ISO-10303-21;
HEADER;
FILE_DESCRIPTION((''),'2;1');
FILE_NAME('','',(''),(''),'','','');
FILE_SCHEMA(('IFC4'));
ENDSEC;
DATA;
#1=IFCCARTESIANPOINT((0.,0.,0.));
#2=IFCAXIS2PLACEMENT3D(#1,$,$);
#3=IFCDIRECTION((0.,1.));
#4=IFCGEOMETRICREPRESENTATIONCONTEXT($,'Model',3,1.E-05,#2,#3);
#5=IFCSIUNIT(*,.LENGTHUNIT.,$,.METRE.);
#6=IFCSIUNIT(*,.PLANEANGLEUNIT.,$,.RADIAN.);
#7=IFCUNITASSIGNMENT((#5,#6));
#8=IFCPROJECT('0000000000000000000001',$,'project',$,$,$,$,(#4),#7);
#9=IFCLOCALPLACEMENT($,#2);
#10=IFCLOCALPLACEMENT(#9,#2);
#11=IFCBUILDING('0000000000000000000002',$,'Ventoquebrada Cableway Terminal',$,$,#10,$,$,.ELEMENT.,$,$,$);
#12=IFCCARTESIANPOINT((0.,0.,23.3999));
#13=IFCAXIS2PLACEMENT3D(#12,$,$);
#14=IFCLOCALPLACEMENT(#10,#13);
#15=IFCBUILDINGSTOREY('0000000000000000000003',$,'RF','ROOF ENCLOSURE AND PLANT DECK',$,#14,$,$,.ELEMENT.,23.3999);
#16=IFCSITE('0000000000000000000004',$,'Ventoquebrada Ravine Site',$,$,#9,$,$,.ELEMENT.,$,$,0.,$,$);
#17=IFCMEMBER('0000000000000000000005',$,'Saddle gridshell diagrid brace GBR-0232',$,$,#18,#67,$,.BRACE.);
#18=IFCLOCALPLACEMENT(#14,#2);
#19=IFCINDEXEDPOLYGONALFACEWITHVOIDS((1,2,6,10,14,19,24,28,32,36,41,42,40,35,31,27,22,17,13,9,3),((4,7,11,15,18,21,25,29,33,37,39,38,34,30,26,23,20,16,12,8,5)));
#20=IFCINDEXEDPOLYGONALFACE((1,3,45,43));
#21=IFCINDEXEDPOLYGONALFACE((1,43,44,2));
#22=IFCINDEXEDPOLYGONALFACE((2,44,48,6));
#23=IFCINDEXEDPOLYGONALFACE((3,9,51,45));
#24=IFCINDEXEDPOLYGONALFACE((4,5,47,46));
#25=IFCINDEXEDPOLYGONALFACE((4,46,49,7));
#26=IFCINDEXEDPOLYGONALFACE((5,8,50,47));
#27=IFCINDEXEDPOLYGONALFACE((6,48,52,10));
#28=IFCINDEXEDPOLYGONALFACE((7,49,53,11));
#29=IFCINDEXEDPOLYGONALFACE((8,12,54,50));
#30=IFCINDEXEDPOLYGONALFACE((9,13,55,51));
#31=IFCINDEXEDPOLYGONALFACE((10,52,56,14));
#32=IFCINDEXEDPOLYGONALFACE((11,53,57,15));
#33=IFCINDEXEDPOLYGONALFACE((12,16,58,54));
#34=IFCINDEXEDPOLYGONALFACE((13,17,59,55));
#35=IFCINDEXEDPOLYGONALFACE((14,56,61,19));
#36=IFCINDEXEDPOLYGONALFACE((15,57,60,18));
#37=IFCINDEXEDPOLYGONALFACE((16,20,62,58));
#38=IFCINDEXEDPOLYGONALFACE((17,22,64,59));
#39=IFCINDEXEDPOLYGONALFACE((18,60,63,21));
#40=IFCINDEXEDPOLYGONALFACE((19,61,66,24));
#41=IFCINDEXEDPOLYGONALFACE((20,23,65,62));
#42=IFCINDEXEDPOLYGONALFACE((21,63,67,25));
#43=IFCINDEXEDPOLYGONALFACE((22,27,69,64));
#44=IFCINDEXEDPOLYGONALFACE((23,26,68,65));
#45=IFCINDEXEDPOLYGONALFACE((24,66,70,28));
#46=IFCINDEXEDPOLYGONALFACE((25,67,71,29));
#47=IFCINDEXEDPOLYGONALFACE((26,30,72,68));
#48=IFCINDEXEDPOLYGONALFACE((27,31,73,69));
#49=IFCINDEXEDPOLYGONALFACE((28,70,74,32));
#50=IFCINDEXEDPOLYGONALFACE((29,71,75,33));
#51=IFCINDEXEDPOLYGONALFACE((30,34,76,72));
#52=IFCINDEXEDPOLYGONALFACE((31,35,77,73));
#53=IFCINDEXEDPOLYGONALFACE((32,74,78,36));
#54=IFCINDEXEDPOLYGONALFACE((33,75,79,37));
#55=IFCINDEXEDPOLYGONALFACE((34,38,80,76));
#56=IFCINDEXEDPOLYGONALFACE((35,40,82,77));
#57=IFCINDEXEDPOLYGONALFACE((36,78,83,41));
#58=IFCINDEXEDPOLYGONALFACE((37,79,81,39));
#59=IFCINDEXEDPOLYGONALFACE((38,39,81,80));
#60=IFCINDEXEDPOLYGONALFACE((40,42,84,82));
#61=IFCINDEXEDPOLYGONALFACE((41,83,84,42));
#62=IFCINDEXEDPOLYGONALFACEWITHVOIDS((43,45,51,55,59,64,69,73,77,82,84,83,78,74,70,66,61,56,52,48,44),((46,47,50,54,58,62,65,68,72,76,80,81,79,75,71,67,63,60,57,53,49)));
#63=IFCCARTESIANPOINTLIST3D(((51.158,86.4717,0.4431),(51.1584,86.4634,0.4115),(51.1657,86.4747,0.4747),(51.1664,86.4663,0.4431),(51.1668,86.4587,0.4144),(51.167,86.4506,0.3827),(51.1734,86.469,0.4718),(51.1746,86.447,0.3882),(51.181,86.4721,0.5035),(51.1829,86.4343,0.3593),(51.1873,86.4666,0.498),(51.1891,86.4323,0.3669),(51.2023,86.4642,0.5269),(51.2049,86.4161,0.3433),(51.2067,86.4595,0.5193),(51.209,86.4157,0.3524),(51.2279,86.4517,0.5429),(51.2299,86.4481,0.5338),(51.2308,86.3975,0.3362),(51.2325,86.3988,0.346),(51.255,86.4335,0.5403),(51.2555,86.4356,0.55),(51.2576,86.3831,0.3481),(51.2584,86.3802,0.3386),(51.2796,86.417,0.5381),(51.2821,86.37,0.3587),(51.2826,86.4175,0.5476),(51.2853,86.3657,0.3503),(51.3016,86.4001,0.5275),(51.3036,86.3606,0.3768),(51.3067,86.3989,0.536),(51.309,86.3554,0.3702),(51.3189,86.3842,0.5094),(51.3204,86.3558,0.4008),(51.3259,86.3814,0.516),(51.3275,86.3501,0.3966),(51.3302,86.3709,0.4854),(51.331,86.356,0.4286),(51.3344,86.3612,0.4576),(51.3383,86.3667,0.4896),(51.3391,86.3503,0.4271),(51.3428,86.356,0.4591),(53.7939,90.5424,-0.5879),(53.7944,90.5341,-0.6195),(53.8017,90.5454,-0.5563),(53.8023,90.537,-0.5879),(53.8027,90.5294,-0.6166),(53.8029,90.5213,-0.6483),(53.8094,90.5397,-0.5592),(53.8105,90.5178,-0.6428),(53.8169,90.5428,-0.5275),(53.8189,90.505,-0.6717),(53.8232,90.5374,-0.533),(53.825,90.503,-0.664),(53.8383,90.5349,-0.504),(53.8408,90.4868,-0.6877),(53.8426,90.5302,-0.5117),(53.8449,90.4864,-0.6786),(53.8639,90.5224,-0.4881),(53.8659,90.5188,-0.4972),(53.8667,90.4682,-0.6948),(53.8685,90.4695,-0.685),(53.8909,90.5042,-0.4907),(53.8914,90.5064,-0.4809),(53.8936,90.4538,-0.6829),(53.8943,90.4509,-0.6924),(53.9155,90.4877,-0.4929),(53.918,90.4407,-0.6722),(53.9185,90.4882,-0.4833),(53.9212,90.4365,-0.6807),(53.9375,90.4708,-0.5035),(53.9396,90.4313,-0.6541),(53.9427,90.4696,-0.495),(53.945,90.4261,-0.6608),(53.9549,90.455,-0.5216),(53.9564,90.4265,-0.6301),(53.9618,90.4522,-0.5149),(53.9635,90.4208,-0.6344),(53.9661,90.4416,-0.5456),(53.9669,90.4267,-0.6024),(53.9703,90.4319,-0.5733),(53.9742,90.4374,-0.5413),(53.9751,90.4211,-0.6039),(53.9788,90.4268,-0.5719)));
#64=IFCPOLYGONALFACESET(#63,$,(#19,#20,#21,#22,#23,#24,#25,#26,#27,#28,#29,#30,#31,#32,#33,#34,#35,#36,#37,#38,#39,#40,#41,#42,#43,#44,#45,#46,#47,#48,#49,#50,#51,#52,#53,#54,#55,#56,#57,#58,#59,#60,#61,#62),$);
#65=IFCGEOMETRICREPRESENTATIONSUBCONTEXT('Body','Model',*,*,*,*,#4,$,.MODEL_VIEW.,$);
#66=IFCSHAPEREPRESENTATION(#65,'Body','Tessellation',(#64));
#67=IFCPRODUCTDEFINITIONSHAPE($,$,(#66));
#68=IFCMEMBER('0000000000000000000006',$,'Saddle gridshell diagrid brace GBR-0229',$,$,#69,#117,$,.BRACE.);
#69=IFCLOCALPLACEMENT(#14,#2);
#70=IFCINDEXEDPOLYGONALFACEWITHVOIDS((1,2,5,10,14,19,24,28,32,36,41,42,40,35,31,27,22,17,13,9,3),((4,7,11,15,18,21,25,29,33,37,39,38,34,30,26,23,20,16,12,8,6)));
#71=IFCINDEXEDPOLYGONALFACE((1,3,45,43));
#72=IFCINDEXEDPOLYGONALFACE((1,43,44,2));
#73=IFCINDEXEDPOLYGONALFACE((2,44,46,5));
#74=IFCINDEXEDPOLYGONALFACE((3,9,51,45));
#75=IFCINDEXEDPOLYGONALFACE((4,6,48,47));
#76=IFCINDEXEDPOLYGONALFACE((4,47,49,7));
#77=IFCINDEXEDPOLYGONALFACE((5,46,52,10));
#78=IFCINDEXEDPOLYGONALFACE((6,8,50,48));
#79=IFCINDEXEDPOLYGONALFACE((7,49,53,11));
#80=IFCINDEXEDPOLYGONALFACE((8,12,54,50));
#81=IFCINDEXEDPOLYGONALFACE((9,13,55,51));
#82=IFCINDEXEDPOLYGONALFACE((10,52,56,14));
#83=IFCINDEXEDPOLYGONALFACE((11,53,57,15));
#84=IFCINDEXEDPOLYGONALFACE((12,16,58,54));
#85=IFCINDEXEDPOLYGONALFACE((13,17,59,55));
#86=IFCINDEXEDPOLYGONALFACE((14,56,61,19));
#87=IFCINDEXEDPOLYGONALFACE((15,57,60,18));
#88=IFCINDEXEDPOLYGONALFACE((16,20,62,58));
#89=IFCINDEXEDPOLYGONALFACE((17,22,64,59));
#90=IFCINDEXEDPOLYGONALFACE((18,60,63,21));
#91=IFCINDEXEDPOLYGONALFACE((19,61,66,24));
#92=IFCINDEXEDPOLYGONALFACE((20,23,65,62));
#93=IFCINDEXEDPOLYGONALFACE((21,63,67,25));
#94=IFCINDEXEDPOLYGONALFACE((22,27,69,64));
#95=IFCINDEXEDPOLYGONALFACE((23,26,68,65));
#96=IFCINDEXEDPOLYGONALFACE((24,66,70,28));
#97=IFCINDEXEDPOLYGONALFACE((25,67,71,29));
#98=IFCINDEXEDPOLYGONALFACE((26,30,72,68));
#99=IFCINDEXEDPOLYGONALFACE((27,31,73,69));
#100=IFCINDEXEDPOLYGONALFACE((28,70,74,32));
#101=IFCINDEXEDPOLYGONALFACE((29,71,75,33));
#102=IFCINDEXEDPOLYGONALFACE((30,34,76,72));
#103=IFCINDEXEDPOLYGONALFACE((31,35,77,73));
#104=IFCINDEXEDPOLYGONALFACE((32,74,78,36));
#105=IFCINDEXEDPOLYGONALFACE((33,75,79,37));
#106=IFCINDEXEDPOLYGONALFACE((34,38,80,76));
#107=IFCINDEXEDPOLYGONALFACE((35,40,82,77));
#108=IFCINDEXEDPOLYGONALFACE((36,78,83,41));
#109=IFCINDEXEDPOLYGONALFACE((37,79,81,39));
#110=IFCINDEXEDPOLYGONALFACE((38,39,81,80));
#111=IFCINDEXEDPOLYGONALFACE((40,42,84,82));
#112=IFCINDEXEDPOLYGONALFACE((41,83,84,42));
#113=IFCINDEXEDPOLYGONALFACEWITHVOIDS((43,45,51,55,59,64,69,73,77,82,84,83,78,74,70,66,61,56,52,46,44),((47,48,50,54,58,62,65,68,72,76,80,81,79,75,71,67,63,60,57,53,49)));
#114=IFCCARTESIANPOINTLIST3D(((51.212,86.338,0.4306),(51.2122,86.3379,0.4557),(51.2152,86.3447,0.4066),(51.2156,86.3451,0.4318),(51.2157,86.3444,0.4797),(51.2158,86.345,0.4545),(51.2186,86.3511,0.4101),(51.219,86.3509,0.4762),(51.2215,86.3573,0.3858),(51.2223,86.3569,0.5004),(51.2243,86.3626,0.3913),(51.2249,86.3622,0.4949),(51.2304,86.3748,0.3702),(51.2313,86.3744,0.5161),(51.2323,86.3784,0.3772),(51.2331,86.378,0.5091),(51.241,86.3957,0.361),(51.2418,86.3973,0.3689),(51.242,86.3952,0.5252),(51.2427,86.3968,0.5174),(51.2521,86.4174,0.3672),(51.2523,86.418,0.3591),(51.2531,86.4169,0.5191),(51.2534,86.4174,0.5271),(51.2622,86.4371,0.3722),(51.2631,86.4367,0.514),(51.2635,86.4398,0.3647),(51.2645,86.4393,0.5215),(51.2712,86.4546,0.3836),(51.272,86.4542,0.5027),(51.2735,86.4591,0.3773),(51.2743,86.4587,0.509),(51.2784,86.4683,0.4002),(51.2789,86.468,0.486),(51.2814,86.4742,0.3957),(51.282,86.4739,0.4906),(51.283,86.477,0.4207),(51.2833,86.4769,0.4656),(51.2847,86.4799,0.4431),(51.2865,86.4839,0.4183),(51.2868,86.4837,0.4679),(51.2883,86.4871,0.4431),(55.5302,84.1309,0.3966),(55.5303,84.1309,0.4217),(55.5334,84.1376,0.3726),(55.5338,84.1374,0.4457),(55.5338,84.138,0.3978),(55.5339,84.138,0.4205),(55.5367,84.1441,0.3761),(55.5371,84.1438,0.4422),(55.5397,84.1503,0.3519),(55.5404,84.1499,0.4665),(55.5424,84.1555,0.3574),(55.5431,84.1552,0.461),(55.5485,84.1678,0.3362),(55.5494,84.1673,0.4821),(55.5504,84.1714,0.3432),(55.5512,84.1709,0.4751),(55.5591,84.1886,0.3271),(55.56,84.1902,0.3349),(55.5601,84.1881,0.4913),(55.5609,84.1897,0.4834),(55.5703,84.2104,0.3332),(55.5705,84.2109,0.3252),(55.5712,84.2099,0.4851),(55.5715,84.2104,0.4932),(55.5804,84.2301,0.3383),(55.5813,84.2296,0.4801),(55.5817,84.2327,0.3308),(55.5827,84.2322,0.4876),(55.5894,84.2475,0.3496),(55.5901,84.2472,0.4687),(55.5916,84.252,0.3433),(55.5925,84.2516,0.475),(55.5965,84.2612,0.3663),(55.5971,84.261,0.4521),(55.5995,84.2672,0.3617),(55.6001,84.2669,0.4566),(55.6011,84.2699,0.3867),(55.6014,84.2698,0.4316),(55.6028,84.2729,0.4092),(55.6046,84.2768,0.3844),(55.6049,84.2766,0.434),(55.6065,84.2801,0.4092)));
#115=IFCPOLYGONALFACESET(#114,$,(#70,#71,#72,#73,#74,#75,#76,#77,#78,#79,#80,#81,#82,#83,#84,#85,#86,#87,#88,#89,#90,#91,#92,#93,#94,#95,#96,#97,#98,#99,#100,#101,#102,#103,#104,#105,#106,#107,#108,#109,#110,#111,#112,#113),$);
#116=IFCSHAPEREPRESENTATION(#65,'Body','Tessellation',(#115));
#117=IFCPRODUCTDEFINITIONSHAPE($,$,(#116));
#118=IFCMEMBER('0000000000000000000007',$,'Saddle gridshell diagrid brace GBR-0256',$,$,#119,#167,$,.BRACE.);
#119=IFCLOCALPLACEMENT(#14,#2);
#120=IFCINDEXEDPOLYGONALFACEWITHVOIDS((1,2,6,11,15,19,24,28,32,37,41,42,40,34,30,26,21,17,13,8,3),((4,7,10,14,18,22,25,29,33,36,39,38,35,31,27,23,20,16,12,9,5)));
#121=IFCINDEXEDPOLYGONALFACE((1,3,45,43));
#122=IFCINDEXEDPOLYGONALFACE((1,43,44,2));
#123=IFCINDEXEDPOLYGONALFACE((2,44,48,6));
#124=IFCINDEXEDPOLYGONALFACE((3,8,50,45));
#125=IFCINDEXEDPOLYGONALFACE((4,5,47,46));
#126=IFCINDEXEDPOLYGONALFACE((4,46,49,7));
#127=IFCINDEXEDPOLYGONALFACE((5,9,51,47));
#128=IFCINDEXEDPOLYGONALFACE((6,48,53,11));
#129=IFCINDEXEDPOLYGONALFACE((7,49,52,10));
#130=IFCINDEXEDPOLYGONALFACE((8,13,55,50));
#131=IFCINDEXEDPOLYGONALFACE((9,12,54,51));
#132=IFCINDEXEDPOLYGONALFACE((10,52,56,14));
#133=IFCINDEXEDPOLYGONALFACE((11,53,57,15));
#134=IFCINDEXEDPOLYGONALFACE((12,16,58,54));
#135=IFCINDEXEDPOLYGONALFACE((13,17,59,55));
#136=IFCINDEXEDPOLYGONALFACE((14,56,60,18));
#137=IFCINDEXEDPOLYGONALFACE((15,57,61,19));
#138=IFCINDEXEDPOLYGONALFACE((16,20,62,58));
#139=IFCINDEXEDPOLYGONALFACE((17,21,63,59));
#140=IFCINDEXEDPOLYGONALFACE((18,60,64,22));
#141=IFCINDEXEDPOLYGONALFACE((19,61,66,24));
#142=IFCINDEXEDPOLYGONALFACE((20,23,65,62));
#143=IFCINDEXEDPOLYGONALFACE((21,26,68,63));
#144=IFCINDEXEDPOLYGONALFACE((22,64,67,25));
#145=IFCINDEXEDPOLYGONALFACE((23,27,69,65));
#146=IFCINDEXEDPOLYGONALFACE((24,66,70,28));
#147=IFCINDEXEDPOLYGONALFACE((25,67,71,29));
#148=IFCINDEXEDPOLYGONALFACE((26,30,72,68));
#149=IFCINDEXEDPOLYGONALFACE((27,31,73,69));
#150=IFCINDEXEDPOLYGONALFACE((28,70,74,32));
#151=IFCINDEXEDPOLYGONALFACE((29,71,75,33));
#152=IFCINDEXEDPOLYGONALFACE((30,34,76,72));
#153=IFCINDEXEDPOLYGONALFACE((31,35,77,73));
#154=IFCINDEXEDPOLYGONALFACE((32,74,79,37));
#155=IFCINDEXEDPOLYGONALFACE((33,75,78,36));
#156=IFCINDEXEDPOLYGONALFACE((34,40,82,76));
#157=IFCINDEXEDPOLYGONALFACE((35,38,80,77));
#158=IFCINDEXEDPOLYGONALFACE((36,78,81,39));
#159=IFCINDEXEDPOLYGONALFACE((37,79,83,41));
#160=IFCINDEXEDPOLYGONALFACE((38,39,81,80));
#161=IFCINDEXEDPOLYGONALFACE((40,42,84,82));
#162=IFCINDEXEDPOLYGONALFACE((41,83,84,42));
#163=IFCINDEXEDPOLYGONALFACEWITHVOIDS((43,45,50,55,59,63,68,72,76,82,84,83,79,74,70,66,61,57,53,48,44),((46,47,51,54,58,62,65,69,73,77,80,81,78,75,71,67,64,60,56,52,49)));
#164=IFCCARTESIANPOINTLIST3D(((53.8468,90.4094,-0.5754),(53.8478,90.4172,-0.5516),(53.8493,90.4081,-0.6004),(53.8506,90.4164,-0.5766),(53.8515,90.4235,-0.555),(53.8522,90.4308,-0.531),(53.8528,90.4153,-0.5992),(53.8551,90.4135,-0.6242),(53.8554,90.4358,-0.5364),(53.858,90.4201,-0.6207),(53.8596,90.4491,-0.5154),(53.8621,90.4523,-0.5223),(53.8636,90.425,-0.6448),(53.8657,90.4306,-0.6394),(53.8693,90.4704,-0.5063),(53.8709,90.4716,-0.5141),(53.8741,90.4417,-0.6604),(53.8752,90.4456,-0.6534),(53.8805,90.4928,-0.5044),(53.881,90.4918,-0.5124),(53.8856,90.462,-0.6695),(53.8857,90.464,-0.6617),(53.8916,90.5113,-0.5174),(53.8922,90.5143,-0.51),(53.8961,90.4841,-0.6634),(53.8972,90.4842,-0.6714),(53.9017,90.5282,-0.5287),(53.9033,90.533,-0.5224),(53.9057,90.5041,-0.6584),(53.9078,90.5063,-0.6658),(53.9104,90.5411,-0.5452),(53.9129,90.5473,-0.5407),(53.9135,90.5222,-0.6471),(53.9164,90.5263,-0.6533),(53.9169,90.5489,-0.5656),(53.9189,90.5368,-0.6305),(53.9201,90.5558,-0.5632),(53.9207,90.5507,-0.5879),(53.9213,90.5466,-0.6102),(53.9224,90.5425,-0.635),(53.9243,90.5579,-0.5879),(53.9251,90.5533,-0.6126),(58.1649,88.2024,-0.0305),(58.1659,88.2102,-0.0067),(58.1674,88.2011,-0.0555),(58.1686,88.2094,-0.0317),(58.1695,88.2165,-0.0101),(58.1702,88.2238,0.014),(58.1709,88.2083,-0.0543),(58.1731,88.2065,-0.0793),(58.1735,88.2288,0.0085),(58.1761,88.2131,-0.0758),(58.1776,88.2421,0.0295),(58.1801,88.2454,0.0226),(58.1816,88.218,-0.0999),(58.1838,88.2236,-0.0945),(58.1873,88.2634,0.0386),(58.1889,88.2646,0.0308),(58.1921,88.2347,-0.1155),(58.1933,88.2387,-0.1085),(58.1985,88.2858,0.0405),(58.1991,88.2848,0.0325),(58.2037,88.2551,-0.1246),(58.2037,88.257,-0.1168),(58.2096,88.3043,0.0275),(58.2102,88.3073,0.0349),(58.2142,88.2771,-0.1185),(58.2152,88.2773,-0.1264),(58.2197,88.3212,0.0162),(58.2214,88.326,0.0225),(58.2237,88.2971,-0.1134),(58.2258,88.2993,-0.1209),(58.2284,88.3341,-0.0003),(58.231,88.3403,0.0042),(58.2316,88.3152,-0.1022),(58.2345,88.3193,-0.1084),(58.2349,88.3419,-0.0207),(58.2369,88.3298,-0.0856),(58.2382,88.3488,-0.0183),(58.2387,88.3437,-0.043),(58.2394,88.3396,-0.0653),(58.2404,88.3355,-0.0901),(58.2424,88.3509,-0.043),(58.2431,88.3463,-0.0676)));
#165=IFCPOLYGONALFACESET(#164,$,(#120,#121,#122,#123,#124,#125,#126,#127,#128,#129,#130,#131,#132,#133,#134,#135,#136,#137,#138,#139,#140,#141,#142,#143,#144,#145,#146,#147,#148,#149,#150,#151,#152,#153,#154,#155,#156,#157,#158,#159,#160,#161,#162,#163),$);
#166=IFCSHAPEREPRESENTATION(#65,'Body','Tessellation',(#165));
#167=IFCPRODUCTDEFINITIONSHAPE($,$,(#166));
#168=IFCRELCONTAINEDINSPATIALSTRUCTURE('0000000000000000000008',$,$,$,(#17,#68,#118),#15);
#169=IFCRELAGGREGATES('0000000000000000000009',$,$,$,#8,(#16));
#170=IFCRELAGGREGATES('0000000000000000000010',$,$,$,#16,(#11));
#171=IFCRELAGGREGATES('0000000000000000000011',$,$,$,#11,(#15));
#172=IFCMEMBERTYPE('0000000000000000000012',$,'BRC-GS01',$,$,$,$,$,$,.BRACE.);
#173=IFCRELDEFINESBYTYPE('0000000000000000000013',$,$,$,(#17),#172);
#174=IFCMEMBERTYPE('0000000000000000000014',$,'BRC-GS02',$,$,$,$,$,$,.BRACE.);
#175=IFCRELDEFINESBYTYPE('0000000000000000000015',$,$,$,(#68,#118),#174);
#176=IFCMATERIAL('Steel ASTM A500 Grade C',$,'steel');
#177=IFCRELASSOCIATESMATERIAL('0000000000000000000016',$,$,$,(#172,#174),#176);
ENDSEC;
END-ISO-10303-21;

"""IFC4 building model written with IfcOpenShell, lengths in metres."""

from ifc_helpers import new_model, si_unit, direction, frame, origin, origin_2d, place, context, subcontext, project, spatial, hollow_circle, extrude, material, material_profile, profile_set, type_object, element, save


model = new_model("IFC4")

# Units and contexts
model_context = context("Model", 3, precision=1e-05, world=origin(), true_north=direction((0.0, 1.0)))
body_context = subcontext(model_context, "Body", "Model", "MODEL_VIEW")
ifc_project = project(units=[si_unit("LENGTHUNIT", "METRE"), si_unit("PLANEANGLEUNIT", "RADIAN")], contexts=[model_context])

# Site, building, storey
site_placement = place(None, origin())
site = spatial("IfcSite", under=ifc_project, at=site_placement, Name="Ventoquebrada Ravine Site", CompositionType="ELEMENT", RefElevation=0.0)
building_placement = place(site_placement, origin())
building = spatial("IfcBuilding", under=site, at=building_placement, Name="Ventoquebrada Cableway Terminal", CompositionType="ELEMENT")
storey_placement = place(building_placement, frame((0.0, 0.0, 23.3999)))
storey = spatial("IfcBuildingStorey", under=building, at=storey_placement, Name="RF", Description="ROOF ENCLOSURE AND PLANT DECK", CompositionType="ELEMENT", Elevation=23.3999)

# Members
ifc_material_1 = material(Name="Steel ASTM A500 Grade C", Category="steel")
ifc_material_profile_1 = material_profile(ifc_material_1, hollow_circle(Radius=0.1096, WallThickness=0.01, at=origin_2d()), Name="CHS219.1X10")
ifc_profile_set_1 = profile_set([ifc_material_profile_1], Name="Steel ASTM A500 Grade C")
member_type_1 = type_object("IfcMemberType", Name="BRC-GS01", PredefinedType="BRACE", material=ifc_profile_set_1)
member_1_placement = place(storey_placement, frame((51.25, 86.4121, 0.4431), z_axis=(0.531652, 0.821039, -0.207943), x_axis=(-0.839388, 0.543533, 0.0)))
element("IfcMember", 1, at=member_1_placement, inside=storey, type_object=member_type_1, Name="Saddle gridshell diagrid brace GBR-0232", PredefinedType="BRACE", context=body_context, shape_type="SweptSolid", body=[
    extrude(hollow_circle(Radius=0.1096, WallThickness=0.01, at=origin_2d()), origin(), (0.0, 0.0, 1.0), 4.958),
])
ifc_material_profile_2 = material_profile(ifc_material_1, hollow_circle(Radius=0.0842, WallThickness=0.0081, at=origin_2d()), Name="CHS168.3X8")
ifc_profile_set_2 = profile_set([ifc_material_profile_2], Name="Steel ASTM A500 Grade C")
member_type_2 = type_object("IfcMemberType", Name="BRC-GS02", PredefinedType="BRACE", material=ifc_profile_set_2)
member_2_placement = place(storey_placement, frame((51.25, 86.4121, 0.4431), z_axis=(0.890413, -0.455099, -0.006998), x_axis=(0.45511, 0.890435, 0.0)))
element("IfcMember", 2, at=member_2_placement, inside=storey, type_object=member_type_2, Name="Saddle gridshell diagrid brace GBR-0229", PredefinedType="BRACE", context=body_context, shape_type="SweptSolid", body=[
    extrude(hollow_circle(Radius=0.0842, WallThickness=0.0081, at=origin_2d()), origin(), (0.0, 0.0, 1.0), 4.8496),
])
member_3_placement = place(storey_placement, frame((53.886, 90.4829, -0.5879), z_axis=(0.884866, -0.452264, 0.111665), x_axis=(0.45511, 0.890435, 0.0)))
element("IfcMember", 3, at=member_3_placement, inside=storey, type_object=member_type_2, Name="Saddle gridshell diagrid brace GBR-0256", PredefinedType="BRACE", context=body_context, shape_type="SweptSolid", body=[
    extrude(hollow_circle(Radius=0.0842, WallThickness=0.0081, at=origin_2d()), origin(), (0.0, 0.0, 1.0), 4.8799),
])

save(model, "model.ifc")
